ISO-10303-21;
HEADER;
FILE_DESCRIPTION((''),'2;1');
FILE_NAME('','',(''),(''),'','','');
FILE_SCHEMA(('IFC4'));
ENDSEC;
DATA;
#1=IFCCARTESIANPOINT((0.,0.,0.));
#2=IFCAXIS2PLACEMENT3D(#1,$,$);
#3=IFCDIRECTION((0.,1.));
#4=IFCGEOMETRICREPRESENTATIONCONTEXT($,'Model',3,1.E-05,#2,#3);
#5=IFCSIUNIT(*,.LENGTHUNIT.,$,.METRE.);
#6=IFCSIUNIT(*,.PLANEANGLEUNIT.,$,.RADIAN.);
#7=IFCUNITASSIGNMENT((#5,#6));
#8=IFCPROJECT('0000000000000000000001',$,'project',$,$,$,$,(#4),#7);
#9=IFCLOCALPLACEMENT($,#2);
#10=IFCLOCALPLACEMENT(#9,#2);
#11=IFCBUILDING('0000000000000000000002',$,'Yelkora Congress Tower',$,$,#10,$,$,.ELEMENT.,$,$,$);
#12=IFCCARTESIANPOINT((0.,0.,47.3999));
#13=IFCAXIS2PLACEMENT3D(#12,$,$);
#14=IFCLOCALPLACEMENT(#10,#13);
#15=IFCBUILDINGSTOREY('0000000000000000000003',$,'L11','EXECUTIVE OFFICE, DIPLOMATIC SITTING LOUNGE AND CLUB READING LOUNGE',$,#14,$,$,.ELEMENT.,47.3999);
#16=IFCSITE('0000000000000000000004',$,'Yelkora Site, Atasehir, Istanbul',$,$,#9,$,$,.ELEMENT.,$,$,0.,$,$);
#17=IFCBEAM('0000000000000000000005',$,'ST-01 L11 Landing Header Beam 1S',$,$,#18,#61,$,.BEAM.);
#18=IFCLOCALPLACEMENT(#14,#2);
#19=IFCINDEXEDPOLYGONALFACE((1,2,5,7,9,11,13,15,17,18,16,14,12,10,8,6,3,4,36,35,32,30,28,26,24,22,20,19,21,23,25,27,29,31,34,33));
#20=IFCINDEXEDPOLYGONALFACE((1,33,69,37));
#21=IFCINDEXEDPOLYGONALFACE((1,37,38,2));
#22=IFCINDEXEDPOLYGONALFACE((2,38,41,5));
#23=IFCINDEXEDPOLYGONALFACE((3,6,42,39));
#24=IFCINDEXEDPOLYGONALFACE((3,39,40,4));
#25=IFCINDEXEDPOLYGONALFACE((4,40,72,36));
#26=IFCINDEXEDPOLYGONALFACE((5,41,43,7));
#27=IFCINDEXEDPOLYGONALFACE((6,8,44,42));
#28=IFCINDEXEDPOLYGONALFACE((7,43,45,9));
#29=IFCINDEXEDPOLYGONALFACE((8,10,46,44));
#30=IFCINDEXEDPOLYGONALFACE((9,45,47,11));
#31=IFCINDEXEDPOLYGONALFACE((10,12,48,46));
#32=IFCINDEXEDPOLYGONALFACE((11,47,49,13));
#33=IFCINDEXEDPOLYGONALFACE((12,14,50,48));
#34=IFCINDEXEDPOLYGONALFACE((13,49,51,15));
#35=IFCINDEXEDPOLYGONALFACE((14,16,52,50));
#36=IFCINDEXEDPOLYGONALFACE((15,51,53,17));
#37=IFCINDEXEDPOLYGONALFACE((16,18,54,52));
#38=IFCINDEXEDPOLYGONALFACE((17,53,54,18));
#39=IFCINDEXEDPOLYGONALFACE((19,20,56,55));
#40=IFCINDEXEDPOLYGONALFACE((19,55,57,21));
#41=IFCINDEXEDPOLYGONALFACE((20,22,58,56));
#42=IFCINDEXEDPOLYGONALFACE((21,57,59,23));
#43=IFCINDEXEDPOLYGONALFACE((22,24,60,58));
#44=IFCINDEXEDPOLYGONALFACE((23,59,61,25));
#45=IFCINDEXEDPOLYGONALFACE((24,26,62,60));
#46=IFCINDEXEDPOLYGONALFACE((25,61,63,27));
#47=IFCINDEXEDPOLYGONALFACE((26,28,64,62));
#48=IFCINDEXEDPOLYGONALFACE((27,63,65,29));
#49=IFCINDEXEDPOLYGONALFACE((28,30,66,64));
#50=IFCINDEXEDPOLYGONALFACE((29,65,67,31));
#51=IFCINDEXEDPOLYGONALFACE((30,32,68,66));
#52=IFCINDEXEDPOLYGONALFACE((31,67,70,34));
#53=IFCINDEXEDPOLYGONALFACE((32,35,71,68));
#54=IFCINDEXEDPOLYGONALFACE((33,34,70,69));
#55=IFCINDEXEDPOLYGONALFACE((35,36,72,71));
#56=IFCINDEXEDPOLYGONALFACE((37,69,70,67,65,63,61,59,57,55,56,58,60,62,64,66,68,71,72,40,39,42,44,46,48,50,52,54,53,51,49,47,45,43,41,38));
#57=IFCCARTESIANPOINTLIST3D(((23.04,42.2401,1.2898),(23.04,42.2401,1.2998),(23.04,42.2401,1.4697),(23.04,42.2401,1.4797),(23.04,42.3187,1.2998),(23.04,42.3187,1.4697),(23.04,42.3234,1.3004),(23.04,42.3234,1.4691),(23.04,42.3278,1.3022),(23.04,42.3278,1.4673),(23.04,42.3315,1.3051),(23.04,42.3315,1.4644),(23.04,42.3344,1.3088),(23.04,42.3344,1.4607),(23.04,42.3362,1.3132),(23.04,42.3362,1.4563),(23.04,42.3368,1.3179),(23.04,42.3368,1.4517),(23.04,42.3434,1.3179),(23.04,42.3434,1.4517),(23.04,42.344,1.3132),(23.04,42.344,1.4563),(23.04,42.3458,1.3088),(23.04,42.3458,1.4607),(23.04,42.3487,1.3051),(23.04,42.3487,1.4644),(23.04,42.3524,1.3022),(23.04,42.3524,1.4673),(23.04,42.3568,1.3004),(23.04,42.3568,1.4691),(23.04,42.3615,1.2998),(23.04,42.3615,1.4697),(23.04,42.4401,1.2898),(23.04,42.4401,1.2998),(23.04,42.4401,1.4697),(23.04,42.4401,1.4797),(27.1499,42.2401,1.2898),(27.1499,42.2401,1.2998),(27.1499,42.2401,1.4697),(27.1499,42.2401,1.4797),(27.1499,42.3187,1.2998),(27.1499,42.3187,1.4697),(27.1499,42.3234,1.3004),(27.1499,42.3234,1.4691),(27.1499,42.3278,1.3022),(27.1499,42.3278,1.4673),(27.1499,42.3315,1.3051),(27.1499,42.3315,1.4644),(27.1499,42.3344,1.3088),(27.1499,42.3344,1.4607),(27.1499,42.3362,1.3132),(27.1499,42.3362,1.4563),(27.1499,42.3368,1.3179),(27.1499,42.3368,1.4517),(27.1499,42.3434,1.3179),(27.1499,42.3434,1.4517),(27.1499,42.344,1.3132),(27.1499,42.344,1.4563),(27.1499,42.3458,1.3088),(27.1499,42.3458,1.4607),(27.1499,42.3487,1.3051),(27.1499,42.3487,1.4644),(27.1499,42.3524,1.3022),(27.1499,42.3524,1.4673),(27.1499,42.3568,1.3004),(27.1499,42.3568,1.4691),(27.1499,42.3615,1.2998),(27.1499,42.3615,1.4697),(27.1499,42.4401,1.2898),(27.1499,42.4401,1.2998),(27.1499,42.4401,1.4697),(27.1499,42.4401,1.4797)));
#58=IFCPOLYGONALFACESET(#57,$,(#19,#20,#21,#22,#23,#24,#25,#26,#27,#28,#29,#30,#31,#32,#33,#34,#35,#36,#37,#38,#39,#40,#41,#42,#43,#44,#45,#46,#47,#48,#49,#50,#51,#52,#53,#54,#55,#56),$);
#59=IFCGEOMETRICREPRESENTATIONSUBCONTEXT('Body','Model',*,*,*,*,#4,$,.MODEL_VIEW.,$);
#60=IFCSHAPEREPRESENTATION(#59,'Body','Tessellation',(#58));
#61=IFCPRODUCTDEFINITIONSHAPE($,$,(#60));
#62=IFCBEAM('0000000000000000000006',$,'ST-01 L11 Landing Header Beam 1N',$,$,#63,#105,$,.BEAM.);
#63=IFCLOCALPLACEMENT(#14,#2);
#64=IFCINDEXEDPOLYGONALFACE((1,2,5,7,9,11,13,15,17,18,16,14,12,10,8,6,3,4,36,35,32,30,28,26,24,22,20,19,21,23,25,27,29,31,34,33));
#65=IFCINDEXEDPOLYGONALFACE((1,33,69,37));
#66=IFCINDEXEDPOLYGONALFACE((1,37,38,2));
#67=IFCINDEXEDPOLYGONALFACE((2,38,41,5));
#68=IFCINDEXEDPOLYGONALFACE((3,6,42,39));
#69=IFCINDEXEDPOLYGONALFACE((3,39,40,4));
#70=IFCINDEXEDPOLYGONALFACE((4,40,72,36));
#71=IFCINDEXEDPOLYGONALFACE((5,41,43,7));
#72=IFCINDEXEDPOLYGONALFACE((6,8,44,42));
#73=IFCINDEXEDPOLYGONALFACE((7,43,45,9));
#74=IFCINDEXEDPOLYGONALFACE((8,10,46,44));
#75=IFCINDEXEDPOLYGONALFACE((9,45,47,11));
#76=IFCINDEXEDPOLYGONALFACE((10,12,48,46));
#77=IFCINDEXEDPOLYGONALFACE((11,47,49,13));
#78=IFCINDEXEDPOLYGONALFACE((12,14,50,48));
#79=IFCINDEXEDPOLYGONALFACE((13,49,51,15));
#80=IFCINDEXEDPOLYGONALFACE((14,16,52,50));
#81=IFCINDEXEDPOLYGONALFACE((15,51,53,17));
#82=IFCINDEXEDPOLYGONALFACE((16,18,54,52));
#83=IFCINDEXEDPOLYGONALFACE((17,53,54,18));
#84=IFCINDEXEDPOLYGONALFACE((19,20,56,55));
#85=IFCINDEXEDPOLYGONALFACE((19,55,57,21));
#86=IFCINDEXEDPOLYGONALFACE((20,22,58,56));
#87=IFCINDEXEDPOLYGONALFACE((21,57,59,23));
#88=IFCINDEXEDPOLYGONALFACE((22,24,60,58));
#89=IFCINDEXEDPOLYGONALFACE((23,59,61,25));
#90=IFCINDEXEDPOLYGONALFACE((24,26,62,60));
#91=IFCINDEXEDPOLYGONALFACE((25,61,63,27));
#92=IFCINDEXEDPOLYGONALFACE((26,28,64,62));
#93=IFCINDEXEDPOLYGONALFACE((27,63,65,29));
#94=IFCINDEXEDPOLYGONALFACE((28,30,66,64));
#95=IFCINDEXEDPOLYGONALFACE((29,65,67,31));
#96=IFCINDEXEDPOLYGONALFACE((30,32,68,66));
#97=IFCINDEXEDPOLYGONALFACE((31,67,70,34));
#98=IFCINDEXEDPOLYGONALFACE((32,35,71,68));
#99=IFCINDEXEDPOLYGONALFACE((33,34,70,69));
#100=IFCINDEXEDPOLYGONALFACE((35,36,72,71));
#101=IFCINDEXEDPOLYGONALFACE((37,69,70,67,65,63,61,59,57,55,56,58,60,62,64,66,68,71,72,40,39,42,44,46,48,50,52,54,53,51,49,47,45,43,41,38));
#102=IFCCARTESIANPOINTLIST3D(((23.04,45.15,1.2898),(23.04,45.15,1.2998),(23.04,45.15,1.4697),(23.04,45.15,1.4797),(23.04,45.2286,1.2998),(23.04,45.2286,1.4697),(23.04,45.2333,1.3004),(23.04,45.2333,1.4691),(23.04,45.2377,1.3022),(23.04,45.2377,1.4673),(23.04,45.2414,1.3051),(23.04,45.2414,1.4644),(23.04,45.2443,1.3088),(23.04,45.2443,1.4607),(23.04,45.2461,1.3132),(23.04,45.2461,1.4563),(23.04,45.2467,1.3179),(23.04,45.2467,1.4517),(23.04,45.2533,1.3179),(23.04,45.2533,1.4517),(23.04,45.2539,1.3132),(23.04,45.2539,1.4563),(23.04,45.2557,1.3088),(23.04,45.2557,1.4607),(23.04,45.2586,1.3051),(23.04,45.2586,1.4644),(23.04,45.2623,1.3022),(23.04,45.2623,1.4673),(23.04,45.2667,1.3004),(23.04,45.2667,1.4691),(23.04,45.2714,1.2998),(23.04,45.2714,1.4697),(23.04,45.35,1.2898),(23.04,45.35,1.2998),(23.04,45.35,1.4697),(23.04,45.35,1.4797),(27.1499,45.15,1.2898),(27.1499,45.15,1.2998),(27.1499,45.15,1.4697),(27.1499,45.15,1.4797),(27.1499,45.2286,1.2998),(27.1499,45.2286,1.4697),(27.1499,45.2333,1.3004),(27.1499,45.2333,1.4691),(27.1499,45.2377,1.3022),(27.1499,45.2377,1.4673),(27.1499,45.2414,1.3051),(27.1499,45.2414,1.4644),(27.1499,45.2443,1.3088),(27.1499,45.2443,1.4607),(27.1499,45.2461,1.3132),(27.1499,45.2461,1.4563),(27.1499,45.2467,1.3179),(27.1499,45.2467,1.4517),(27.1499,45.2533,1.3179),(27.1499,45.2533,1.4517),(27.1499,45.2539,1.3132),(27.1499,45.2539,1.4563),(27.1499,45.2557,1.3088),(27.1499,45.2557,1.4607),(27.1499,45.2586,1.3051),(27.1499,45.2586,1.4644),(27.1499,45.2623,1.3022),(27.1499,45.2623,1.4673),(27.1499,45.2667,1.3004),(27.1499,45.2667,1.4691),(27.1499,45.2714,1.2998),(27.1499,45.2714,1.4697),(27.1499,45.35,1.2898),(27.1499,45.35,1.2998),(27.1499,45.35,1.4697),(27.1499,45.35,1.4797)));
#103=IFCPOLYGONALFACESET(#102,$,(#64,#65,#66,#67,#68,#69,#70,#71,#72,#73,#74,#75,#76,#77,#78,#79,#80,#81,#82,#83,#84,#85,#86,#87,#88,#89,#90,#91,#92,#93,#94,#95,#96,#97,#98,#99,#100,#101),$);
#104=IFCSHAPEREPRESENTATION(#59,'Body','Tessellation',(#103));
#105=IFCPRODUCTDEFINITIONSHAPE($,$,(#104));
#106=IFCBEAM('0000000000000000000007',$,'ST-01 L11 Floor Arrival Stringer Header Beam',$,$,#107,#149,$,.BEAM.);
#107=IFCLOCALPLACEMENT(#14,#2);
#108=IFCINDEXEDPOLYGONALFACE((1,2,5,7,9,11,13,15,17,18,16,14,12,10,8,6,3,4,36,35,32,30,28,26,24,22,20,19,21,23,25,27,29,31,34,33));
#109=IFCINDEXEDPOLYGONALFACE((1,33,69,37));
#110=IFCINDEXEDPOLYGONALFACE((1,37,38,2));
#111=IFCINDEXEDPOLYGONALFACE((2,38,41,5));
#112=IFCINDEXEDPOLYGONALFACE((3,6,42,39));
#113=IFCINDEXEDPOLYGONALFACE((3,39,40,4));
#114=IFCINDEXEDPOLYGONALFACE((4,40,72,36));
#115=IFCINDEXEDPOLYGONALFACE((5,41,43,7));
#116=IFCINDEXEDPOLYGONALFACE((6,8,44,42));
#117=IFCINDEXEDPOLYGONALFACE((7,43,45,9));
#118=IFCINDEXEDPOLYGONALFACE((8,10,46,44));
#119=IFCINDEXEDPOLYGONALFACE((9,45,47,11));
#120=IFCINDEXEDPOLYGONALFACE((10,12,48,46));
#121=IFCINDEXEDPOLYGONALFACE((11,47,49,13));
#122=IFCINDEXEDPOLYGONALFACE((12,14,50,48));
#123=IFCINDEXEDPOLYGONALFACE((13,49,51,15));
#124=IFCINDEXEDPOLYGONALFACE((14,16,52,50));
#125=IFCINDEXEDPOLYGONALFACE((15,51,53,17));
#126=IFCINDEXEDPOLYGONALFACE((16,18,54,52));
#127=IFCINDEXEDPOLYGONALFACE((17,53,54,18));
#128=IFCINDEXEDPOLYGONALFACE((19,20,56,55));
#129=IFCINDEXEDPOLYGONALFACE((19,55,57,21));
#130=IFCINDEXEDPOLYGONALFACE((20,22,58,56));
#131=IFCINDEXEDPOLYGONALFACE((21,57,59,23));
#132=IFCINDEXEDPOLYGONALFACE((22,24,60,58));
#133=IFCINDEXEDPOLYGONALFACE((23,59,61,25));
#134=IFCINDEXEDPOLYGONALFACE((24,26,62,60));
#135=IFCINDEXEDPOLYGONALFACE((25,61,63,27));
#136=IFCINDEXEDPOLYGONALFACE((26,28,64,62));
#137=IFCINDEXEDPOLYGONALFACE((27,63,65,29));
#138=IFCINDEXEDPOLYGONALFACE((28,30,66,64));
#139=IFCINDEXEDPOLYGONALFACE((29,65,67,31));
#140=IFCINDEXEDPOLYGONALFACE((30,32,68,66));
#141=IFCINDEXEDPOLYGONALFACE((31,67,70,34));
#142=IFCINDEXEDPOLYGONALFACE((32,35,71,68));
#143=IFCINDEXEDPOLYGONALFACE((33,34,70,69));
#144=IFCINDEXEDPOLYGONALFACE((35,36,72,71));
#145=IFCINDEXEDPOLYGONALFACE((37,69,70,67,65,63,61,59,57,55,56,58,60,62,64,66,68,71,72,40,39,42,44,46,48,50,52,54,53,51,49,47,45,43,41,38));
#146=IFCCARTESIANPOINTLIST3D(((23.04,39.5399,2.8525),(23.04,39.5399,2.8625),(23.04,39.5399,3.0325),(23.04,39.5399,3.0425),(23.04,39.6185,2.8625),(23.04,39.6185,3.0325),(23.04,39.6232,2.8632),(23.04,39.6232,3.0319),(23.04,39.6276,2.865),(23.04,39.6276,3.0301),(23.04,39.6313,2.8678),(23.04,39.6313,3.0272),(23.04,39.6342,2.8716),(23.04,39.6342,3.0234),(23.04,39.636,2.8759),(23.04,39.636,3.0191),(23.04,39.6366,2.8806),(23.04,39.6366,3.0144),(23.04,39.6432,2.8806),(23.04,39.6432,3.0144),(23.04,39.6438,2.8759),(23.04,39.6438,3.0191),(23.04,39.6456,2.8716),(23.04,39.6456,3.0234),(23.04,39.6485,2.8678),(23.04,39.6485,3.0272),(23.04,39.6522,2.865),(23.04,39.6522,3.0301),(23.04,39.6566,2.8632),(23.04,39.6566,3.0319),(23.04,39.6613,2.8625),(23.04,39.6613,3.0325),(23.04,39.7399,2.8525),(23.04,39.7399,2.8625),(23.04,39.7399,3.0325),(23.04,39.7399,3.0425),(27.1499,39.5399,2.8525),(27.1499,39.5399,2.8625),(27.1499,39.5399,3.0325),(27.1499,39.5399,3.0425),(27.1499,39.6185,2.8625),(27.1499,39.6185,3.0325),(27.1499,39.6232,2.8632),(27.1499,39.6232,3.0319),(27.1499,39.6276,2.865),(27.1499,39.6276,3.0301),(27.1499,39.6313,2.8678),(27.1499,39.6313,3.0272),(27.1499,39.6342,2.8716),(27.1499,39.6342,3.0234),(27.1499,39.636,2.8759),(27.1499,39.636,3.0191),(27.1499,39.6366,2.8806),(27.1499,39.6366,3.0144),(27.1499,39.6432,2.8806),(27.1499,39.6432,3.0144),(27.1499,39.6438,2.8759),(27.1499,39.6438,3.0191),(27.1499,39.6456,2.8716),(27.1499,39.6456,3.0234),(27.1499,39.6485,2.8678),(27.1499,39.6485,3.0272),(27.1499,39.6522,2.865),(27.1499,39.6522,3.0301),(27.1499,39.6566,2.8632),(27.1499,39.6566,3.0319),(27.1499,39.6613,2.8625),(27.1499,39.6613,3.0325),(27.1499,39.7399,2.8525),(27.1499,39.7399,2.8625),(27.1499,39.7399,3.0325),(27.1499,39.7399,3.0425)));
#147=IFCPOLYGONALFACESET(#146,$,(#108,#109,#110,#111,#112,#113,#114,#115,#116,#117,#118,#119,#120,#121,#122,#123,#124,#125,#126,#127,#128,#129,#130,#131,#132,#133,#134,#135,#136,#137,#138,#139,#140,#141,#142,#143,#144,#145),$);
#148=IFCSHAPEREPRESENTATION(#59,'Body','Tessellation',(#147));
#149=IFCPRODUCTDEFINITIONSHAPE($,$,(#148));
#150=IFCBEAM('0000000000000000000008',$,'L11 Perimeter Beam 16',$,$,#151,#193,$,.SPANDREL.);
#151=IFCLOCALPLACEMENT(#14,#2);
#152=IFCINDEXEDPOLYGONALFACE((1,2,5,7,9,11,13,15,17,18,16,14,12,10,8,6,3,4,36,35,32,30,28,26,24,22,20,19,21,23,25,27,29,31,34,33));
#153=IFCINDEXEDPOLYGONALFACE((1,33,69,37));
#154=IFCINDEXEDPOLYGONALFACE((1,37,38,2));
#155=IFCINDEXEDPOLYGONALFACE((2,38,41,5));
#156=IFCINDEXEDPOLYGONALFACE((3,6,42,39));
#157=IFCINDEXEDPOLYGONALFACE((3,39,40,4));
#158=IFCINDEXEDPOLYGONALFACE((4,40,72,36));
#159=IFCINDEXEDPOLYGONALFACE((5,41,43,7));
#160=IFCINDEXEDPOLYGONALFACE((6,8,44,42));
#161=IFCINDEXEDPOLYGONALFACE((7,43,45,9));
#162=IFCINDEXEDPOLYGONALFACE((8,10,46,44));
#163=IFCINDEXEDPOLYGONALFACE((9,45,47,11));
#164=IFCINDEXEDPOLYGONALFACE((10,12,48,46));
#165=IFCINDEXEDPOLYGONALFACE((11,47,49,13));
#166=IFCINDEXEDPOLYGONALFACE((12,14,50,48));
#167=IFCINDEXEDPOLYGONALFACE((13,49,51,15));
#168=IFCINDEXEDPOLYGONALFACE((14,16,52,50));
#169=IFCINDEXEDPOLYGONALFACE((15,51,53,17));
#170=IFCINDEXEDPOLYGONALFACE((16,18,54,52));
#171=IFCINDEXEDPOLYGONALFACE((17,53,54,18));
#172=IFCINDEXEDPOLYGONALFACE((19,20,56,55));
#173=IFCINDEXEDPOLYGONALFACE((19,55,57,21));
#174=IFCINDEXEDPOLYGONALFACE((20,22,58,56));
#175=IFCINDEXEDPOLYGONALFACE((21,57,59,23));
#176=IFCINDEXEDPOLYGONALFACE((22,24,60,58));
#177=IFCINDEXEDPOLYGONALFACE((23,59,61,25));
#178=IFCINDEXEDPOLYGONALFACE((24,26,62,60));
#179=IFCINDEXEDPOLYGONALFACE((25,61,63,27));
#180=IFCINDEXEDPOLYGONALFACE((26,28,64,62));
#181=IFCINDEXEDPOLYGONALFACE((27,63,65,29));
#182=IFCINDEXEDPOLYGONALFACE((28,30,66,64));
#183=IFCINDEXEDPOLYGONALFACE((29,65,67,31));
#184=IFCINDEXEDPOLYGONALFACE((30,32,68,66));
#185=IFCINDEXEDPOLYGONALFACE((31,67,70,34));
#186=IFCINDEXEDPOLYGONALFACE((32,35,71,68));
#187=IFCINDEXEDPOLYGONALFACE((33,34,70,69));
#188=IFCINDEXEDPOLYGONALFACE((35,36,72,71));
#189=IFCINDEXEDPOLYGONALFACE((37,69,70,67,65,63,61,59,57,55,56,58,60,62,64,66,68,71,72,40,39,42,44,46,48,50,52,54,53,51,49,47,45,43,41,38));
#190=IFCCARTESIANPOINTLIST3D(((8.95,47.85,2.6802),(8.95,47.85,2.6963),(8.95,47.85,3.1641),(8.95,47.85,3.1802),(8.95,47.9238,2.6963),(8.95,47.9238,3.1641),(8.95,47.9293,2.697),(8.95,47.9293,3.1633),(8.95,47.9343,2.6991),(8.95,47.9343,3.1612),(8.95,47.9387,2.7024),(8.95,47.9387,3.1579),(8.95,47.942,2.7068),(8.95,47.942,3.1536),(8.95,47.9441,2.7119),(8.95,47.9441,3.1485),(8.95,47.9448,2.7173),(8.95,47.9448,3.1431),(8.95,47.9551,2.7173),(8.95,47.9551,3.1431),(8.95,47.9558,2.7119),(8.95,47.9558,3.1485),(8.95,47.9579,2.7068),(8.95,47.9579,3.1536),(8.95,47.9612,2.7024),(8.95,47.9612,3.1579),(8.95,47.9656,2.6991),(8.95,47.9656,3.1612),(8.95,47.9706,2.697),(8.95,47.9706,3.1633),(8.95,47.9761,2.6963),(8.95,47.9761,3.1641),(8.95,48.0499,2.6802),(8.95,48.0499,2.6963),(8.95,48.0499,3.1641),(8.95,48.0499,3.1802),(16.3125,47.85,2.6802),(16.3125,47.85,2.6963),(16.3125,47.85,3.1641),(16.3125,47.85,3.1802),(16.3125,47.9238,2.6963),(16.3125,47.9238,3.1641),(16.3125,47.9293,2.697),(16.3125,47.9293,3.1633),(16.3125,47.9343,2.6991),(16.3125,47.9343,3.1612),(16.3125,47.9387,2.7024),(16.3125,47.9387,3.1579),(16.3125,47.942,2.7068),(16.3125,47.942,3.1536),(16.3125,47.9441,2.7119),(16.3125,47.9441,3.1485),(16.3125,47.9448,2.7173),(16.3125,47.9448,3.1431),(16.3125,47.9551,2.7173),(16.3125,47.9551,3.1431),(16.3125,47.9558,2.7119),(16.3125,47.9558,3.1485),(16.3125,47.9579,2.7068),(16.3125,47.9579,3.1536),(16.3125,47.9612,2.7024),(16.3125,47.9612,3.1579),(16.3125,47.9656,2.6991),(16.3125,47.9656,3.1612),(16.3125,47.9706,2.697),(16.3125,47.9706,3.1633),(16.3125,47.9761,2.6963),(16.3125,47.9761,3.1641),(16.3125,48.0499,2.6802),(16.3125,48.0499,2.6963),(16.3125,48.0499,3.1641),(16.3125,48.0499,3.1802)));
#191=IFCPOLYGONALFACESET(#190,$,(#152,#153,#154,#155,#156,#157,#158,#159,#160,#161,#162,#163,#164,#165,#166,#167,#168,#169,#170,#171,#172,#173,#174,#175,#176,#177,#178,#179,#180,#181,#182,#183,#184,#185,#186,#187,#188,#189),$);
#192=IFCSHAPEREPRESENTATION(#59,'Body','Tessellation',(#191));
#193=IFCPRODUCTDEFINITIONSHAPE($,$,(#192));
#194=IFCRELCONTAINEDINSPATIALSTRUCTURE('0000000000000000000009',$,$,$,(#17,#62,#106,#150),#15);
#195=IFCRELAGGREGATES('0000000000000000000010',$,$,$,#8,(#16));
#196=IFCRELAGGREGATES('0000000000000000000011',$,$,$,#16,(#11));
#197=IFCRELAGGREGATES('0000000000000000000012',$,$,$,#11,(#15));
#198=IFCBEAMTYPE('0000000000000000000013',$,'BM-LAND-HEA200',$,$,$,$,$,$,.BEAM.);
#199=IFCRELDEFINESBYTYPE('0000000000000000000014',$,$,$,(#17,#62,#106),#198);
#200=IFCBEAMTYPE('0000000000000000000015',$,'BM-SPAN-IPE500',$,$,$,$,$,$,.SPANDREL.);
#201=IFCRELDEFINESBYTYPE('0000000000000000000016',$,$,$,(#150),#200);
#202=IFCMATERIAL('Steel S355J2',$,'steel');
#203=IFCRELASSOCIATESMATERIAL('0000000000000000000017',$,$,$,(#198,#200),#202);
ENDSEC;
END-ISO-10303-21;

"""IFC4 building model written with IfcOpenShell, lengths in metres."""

from ifc_helpers import new_model, si_unit, direction, frame, origin, origin_2d, place, context, subcontext, project, spatial, i_section, extrude, material, material_profile, profile_set, type_object, element, save


model = new_model("IFC4")

# Units and contexts
model_context = context("Model", 3, precision=1e-05, world=origin(), true_north=direction((0.0, 1.0)))
body_context = subcontext(model_context, "Body", "Model", "MODEL_VIEW")
ifc_project = project(units=[si_unit("LENGTHUNIT", "METRE"), si_unit("PLANEANGLEUNIT", "RADIAN")], contexts=[model_context])

# Site, building, storey
site_placement = place(None, origin())
site = spatial("IfcSite", under=ifc_project, at=site_placement, Name="Yelkora Site, Atasehir, Istanbul", CompositionType="ELEMENT", RefElevation=0.0)
building_placement = place(site_placement, origin())
building = spatial("IfcBuilding", under=site, at=building_placement, Name="Yelkora Congress Tower", CompositionType="ELEMENT")
storey_placement = place(building_placement, frame((0.0, 0.0, 47.3999)))
storey = spatial("IfcBuildingStorey", under=building, at=storey_placement, Name="L11", Description="EXECUTIVE OFFICE, DIPLOMATIC SITTING LOUNGE AND CLUB READING LOUNGE", CompositionType="ELEMENT", Elevation=47.3999)

# Beams
ifc_material_1 = material(Name="Steel S355J2", Category="steel")
ifc_material_profile_1 = material_profile(ifc_material_1, i_section(OverallWidth=0.2, OverallDepth=0.1899, WebThickness=0.0066, FlangeThickness=0.01, FilletRadius=0.0181, at=origin_2d()), Name="HEA 200")
ifc_profile_set_1 = profile_set([ifc_material_profile_1], Name="Steel S355J2")
beam_type_1 = type_object("IfcBeamType", Name="BM-LAND-HEA200", PredefinedType="BEAM", material=ifc_profile_set_1)
for number, where, z_axis, x_axis, name in (
    (1, (23.04, 42.3401, 1.3848), (1.0, 0.0, 0.0), (0.0, 1.0, 0.0), "ST-01 L11 Landing Header Beam 1S"),
    (2, (23.04, 45.25, 1.3848), (1.0, 0.0, 0.0), (0.0, 1.0, 0.0), "ST-01 L11 Landing Header Beam 1N"),
    (3, (23.04, 39.6399, 2.9475), (1.0, 0.0, 0.0), (0.0, 1.0, 0.0), "ST-01 L11 Floor Arrival Stringer Header Beam"),
):
    element("IfcBeam", number, at=place(storey_placement, frame(where, z_axis=z_axis, x_axis=x_axis)), inside=storey, type_object=beam_type_1, Name=name, PredefinedType="BEAM", context=body_context, shape_type="SweptSolid", body=[
        extrude(i_section(OverallWidth=0.2, OverallDepth=0.1899, WebThickness=0.0066, FlangeThickness=0.01, FilletRadius=0.0181, at=origin_2d()), origin(), (0.0, 0.0, 1.0), 4.1099),
    ])
ifc_material_profile_2 = material_profile(ifc_material_1, i_section(OverallWidth=0.2, OverallDepth=0.5, WebThickness=0.0103, FlangeThickness=0.0161, FilletRadius=0.021, at=origin_2d()), Name="IPE 500")
ifc_profile_set_2 = profile_set([ifc_material_profile_2], Name="Steel S355J2")
beam_type_2 = type_object("IfcBeamType", Name="BM-SPAN-IPE500", PredefinedType="SPANDREL", material=ifc_profile_set_2)
beam_1_placement = place(storey_placement, frame((16.3125, 47.95, 2.9302), z_axis=(-1.0, 0.0, 0.0), x_axis=(0.0, -1.0, 0.0)))
element("IfcBeam", 4, at=beam_1_placement, inside=storey, type_object=beam_type_2, Name="L11 Perimeter Beam 16", PredefinedType="SPANDREL", context=body_context, shape_type="SweptSolid", body=[
    extrude(i_section(OverallWidth=0.2, OverallDepth=0.5, WebThickness=0.0103, FlangeThickness=0.0161, FilletRadius=0.021, at=origin_2d()), origin(), (0.0, 0.0, 1.0), 7.3625),
])

save(model, "model.ifc")
